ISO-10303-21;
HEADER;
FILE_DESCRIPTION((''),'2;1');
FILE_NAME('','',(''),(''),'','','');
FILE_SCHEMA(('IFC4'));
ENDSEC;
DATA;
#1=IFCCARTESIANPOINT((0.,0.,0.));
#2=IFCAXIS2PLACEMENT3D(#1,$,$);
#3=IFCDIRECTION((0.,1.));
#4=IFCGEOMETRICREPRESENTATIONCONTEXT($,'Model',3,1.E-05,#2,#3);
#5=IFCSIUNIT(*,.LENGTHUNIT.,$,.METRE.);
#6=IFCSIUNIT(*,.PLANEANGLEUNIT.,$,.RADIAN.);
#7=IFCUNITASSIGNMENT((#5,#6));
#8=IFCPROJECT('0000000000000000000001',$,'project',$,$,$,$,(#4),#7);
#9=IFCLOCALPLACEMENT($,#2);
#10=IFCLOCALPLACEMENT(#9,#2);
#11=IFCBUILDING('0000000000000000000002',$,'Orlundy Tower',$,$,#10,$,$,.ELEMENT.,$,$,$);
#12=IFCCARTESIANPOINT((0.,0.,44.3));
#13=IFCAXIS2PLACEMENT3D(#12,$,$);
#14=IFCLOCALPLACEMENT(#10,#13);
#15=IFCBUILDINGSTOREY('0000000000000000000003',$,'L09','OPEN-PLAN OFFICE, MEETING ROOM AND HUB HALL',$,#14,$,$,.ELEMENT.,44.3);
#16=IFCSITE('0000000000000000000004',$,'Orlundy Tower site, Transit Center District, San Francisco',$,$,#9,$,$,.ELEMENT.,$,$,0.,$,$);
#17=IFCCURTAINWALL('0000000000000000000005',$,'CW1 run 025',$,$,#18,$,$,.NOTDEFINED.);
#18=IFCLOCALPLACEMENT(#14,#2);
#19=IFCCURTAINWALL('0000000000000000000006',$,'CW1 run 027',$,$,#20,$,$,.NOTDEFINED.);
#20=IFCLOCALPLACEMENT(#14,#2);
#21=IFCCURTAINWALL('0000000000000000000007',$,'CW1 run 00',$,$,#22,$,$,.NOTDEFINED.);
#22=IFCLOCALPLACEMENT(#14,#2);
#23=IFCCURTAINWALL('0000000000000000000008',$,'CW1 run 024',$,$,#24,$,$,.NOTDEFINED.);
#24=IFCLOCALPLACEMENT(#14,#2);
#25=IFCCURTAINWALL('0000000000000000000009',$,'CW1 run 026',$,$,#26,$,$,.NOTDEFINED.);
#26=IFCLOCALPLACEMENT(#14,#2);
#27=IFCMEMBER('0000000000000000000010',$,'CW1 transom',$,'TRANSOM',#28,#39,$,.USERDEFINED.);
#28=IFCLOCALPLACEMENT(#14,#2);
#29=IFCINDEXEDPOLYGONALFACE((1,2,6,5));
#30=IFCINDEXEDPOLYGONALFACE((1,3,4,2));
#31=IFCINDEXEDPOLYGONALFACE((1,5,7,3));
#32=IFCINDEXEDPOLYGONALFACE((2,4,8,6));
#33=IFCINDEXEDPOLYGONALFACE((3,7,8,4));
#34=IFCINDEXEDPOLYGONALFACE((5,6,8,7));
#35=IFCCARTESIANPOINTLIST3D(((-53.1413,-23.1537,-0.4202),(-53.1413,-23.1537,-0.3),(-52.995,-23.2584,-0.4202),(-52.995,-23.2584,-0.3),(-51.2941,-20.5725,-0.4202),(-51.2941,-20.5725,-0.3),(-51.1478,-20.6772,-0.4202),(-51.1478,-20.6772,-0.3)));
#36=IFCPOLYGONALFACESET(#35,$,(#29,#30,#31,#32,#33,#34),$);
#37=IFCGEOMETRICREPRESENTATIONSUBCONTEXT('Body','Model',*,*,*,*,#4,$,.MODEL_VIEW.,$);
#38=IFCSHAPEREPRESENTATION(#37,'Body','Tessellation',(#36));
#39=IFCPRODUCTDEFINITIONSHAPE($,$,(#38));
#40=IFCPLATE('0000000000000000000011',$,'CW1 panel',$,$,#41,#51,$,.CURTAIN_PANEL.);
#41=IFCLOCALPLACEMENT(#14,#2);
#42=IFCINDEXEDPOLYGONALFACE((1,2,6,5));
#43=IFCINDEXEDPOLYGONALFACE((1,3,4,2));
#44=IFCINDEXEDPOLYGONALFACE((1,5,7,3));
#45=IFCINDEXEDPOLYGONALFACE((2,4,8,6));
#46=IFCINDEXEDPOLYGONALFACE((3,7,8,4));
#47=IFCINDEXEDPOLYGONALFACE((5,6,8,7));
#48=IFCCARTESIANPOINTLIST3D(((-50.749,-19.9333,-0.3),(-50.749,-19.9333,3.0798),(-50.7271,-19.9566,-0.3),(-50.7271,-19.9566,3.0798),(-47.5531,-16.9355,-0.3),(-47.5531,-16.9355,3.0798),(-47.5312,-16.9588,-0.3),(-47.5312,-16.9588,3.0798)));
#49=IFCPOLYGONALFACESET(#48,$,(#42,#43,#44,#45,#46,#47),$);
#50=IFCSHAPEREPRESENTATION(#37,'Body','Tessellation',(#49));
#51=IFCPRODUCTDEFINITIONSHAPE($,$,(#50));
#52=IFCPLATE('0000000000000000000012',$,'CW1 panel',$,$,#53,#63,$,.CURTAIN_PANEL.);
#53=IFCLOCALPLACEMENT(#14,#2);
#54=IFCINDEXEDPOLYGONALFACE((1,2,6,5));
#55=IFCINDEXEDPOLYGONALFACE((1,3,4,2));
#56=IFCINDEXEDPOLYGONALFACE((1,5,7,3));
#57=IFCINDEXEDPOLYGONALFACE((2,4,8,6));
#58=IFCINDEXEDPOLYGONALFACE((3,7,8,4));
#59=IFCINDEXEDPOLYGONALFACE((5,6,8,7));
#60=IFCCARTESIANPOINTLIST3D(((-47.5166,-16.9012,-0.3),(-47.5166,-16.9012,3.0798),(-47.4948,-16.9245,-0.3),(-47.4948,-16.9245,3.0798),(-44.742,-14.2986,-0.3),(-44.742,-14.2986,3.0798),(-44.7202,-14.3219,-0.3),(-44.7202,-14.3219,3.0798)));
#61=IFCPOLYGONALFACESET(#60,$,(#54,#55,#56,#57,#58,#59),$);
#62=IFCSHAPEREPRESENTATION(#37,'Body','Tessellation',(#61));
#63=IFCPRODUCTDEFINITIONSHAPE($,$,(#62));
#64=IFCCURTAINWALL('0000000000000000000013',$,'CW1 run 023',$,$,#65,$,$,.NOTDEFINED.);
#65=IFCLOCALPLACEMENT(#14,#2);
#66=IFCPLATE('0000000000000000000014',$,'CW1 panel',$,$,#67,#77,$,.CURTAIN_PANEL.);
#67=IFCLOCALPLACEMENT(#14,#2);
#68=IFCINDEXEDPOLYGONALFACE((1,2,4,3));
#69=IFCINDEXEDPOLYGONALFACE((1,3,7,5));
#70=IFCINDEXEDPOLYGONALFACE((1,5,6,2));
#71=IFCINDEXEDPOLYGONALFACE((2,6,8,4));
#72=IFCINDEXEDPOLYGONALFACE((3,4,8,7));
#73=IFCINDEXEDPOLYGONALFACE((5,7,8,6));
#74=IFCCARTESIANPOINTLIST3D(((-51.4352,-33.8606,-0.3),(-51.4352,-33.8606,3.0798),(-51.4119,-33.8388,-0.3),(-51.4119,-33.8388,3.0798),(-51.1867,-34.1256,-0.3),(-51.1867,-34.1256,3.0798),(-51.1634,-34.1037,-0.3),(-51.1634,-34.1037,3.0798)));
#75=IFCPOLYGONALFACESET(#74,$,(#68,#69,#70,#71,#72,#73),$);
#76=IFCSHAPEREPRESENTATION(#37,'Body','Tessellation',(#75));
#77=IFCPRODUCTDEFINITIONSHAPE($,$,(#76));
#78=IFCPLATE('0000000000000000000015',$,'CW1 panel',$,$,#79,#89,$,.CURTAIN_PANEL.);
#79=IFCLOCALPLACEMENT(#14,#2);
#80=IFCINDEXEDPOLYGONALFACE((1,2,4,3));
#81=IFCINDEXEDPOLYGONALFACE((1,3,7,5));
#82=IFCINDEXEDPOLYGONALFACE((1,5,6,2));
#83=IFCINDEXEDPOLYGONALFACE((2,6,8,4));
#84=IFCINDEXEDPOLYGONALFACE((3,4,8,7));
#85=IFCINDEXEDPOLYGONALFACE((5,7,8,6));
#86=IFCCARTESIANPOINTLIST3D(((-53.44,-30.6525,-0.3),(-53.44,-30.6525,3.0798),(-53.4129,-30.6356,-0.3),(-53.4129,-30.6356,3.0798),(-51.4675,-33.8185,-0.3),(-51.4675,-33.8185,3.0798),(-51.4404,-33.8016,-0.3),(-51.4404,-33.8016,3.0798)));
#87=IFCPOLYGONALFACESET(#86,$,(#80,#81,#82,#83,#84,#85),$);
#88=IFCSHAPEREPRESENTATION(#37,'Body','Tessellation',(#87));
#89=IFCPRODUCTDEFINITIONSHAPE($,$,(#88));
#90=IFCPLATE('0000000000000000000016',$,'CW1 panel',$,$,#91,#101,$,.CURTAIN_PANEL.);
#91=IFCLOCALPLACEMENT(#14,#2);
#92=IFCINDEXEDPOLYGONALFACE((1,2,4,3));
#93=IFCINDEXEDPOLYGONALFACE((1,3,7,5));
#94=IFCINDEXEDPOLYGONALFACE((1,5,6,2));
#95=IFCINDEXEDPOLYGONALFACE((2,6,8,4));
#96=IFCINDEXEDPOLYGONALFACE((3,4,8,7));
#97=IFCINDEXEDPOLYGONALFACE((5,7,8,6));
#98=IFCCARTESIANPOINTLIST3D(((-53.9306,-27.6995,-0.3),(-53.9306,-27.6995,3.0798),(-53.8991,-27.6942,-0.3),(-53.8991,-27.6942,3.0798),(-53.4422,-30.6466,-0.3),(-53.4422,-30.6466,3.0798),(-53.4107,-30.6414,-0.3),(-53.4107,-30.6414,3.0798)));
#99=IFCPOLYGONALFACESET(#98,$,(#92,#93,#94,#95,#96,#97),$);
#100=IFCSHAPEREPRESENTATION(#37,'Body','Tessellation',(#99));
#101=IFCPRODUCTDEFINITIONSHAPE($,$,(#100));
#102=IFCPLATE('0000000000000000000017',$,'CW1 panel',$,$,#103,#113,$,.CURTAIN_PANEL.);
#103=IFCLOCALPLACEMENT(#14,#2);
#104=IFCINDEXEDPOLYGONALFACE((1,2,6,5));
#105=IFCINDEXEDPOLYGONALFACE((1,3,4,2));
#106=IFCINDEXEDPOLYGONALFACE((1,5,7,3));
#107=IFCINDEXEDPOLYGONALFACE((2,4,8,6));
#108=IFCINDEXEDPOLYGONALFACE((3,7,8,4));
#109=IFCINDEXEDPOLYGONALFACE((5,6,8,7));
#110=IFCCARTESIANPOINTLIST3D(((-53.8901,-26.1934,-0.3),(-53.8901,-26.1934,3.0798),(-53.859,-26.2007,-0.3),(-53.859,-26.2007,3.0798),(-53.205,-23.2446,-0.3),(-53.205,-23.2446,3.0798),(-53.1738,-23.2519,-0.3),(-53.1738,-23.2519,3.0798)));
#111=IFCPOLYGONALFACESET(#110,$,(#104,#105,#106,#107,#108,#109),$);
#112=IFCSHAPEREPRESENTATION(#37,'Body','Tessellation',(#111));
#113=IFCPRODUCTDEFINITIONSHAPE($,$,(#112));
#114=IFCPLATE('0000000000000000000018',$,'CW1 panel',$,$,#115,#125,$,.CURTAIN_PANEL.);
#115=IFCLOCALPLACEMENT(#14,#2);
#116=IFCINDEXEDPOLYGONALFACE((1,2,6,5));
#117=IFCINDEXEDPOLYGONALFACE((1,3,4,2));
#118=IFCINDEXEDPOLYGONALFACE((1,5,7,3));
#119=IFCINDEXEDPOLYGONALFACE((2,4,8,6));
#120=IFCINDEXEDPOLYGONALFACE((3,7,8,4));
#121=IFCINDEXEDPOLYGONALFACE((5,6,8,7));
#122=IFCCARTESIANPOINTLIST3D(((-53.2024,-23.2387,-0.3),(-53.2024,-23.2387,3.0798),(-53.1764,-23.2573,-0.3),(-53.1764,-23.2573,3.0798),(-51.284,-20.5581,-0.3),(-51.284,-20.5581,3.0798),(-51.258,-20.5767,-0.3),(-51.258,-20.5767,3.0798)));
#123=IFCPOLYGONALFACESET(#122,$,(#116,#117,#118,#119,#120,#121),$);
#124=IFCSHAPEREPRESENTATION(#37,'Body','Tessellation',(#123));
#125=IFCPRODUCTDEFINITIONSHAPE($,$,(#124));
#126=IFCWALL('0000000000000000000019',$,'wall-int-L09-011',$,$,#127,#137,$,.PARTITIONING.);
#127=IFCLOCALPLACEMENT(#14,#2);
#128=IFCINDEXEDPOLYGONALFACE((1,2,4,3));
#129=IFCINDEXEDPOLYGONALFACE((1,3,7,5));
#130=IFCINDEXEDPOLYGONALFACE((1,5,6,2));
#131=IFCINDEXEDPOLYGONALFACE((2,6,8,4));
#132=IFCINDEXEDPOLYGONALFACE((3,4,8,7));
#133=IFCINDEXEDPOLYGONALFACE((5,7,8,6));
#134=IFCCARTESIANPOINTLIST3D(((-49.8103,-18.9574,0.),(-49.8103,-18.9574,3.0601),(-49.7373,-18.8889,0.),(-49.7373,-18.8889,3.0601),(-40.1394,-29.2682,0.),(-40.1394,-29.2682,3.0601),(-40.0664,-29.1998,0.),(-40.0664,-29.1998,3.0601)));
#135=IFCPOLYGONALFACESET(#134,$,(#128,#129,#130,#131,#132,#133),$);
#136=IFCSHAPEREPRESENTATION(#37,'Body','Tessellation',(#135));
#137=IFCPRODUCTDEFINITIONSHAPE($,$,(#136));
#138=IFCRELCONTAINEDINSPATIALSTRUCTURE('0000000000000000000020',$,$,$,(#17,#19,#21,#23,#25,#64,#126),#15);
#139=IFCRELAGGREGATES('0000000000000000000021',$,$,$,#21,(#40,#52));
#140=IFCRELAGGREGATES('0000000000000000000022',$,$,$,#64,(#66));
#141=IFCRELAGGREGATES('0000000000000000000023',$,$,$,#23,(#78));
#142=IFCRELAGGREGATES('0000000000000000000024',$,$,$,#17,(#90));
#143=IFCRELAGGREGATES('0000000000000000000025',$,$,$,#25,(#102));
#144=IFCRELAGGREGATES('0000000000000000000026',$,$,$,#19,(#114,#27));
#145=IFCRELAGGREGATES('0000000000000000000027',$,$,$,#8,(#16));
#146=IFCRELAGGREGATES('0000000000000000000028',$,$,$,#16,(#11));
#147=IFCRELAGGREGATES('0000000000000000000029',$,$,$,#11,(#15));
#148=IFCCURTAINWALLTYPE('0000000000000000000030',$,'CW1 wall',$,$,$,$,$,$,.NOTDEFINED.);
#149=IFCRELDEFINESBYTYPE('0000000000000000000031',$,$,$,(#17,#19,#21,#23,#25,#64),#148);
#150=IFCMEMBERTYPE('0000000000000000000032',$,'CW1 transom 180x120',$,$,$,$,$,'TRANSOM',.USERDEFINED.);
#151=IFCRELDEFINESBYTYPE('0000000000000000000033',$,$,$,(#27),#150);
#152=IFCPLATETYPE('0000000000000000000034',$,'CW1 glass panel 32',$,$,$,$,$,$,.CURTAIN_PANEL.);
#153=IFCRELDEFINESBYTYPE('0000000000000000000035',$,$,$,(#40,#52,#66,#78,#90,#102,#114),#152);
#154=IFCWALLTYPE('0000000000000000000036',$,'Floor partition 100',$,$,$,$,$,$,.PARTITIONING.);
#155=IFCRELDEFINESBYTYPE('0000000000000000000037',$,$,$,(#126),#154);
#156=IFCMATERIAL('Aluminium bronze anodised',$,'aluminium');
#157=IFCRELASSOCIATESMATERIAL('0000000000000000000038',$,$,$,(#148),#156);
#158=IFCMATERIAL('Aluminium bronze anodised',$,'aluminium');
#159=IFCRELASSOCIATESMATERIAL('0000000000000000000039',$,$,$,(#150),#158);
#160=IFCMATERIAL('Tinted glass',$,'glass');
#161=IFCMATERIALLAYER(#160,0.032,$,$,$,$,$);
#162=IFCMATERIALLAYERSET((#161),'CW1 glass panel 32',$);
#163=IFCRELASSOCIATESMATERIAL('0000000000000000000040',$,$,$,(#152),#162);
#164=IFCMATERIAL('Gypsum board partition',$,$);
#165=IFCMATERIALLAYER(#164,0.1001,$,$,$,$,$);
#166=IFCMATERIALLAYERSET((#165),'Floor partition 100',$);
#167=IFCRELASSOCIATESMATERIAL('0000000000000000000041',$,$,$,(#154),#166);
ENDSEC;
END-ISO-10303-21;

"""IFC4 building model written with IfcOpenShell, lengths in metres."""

from ifc_helpers import new_model, si_unit, direction, frame, frame_2d, origin, origin_2d, place, context, subcontext, project, spatial, rectangle, extrude, material, layer, layer_set, material_profile, profile_set, type_object, element, aggregate, save


model = new_model("IFC4")

# Units and contexts
model_context = context("Model", 3, precision=1e-05, world=origin(), true_north=direction((0.0, 1.0)))
body_context = subcontext(model_context, "Body", "Model", "MODEL_VIEW")
ifc_project = project(units=[si_unit("LENGTHUNIT", "METRE"), si_unit("PLANEANGLEUNIT", "RADIAN")], contexts=[model_context])

# Site, building, storey
site_placement = place(None, origin())
site = spatial("IfcSite", under=ifc_project, at=site_placement, Name="Orlundy Tower site, Transit Center District, San Francisco", CompositionType="ELEMENT", RefElevation=0.0)
building_placement = place(site_placement, origin())
building = spatial("IfcBuilding", under=site, at=building_placement, Name="Orlundy Tower", CompositionType="ELEMENT")
storey_placement = place(building_placement, frame((0.0, 0.0, 44.3)))
storey = spatial("IfcBuildingStorey", under=building, at=storey_placement, Name="L09", Description="OPEN-PLAN OFFICE, MEETING ROOM AND HUB HALL", CompositionType="ELEMENT", Elevation=44.3)

# Curtain walls
ifc_material_1 = material(Name="Aluminium bronze anodised", Category="aluminium")
curtain_wall_type = type_object("IfcCurtainWallType", Name="CW1 wall", PredefinedType="NOTDEFINED", material=ifc_material_1)
curtain_wall_1_placement = place(storey_placement, origin())
curtain_wall_1 = element("IfcCurtainWall", 1, at=curtain_wall_1_placement, inside=storey, type_object=curtain_wall_type, Name="CW1 run 025", PredefinedType="NOTDEFINED")
curtain_wall_2_placement = place(storey_placement, origin())
curtain_wall_2 = element("IfcCurtainWall", 2, at=curtain_wall_2_placement, inside=storey, type_object=curtain_wall_type, Name="CW1 run 027", PredefinedType="NOTDEFINED")
curtain_wall_3_placement = place(storey_placement, origin())
curtain_wall_3 = element("IfcCurtainWall", 3, at=curtain_wall_3_placement, inside=storey, type_object=curtain_wall_type, Name="CW1 run 00", PredefinedType="NOTDEFINED")
curtain_wall_4_placement = place(storey_placement, origin())
curtain_wall_4 = element("IfcCurtainWall", 4, at=curtain_wall_4_placement, inside=storey, type_object=curtain_wall_type, Name="CW1 run 024", PredefinedType="NOTDEFINED")

# Shared definitions
ifc_material_2 = material(Name="Aluminium bronze anodised", Category="aluminium")
ifc_material_profile_1 = material_profile(ifc_material_2, rectangle(XDim=0.1799, YDim=0.1201, at=origin_2d()), Name="CW1 transom 180x120")
ifc_profile_set_1 = profile_set([ifc_material_profile_1], Name="Aluminium bronze anodised")
member_type_1 = type_object("IfcMemberType", Name="CW1 transom 180x120", ElementType="TRANSOM", PredefinedType="USERDEFINED", material=ifc_profile_set_1)

# Curtain wall
curtain_wall_5_placement = place(storey_placement, origin())
curtain_wall_5 = element("IfcCurtainWall", 5, at=curtain_wall_5_placement, inside=storey, type_object=curtain_wall_type, Name="CW1 run 026", PredefinedType="NOTDEFINED")

# Member
member_1_placement = place(storey_placement, frame((-53.0681, -23.2061, -0.3601), z_axis=(0.581944, 0.813229, 0.0), x_axis=(-0.813229, 0.581944, 0.0)))
member_1 = element("IfcMember", 6, at=member_1_placement, type_object=member_type_1, Name="CW1 transom", ObjectType="TRANSOM", PredefinedType="USERDEFINED", context=body_context, shape_type="SweptSolid", body=[
    extrude(rectangle(XDim=0.1799, YDim=0.1201, at=origin_2d()), origin(), (0.0, 0.0, 1.0), 3.1741),
])

# Plates
ifc_material_3 = material(Name="Tinted glass", Category="glass")
ifc_layer_1 = layer(ifc_material_3, 0.032)
ifc_layer_set_1 = layer_set([ifc_layer_1], Name="CW1 glass panel 32")
plate_type = type_object("IfcPlateType", Name="CW1 glass panel 32", PredefinedType="CURTAIN_PANEL", material=ifc_layer_set_1)
plate_1_placement = place(storey_placement, frame((-49.1401, -18.446, -0.3), z_axis=(0.0, 0.0, 1.0), x_axis=(0.729351, 0.684139, 0.0)))
plate_1 = element("IfcPlate", 7, at=plate_1_placement, type_object=plate_type, Name="CW1 panel", PredefinedType="CURTAIN_PANEL", context=body_context, shape_type="SweptSolid", body=[
    extrude(rectangle(XDim=4.3818, YDim=0.032, at=origin_2d()), origin(), (0.0, 0.0, 1.0), 3.3799),
])
plate_2_placement = place(storey_placement, frame((-46.1184, -15.6116, -0.3), z_axis=(0.0, 0.0, 1.0), x_axis=(0.729351, 0.684139, 0.0)))
plate_2 = element("IfcPlate", 8, at=plate_2_placement, type_object=plate_type, Name="CW1 panel", PredefinedType="CURTAIN_PANEL", context=body_context, shape_type="SweptSolid", body=[
    extrude(rectangle(XDim=3.8042, YDim=0.032, at=origin_2d()), origin(), (0.0, 0.0, 1.0), 3.3799),
])
aggregate(curtain_wall_3, [plate_1, plate_2])

# Curtain wall, plate
curtain_wall_6_placement = place(storey_placement, origin())
curtain_wall_6 = element("IfcCurtainWall", 9, at=curtain_wall_6_placement, inside=storey, type_object=curtain_wall_type, Name="CW1 run 023", PredefinedType="NOTDEFINED")
plate_3_placement = place(storey_placement, frame((-51.2993, -33.9822, -0.3), z_axis=(0.0, 0.0, 1.0), x_axis=(-0.684126, 0.729363, 0.0)))
plate_3 = element("IfcPlate", 10, at=plate_3_placement, type_object=plate_type, Name="CW1 panel", PredefinedType="CURTAIN_PANEL", context=body_context, shape_type="SweptSolid", body=[
    extrude(rectangle(XDim=0.3633, YDim=0.032, at=origin_2d()), origin(), (0.0, 0.0, 1.0), 3.3799),
])
aggregate(curtain_wall_6, [plate_3])

# Plates
plate_4_placement = place(storey_placement, frame((-52.4402, -32.2271, -0.3), z_axis=(0.0, 0.0, 1.0), x_axis=(-0.528786, 0.848755, 0.0)))
plate_4 = element("IfcPlate", 11, at=plate_4_placement, type_object=plate_type, Name="CW1 panel", PredefinedType="CURTAIN_PANEL", context=body_context, shape_type="SweptSolid", body=[
    extrude(rectangle(XDim=3.7302, YDim=0.032, at=origin_2d()), origin(), (0.0, 0.0, 1.0), 3.3799),
])
aggregate(curtain_wall_4, [plate_4])
plate_5_placement = place(storey_placement, frame((-53.6707, -29.1704, -0.3), z_axis=(0.0, 0.0, 1.0), x_axis=(-0.16348, 0.986547, 0.0)))
plate_5 = element("IfcPlate", 12, at=plate_5_placement, type_object=plate_type, Name="CW1 panel", PredefinedType="CURTAIN_PANEL", context=body_context, shape_type="SweptSolid", body=[
    extrude(rectangle(XDim=2.9873, YDim=0.032, at=origin_2d()), origin(), (0.0, 0.0, 1.0), 3.3799),
])
aggregate(curtain_wall_1, [plate_5])
plate_6_placement = place(storey_placement, frame((-53.532, -24.7227, -0.3), z_axis=(0.0, 0.0, 1.0), x_axis=(0.226317, 0.974054, 0.0)))
plate_6 = element("IfcPlate", 13, at=plate_6_placement, type_object=plate_type, Name="CW1 panel", PredefinedType="CURTAIN_PANEL", context=body_context, shape_type="SweptSolid", body=[
    extrude(rectangle(XDim=3.0273, YDim=0.032, at=origin_2d()), origin(), (0.0, 0.0, 1.0), 3.3799),
])
aggregate(curtain_wall_5, [plate_6])
plate_7_placement = place(storey_placement, frame((-52.2302, -21.9077, -0.3), z_axis=(0.0, 0.0, 1.0), x_axis=(0.581978, 0.813204, 0.0)))
plate_7 = element("IfcPlate", 14, at=plate_7_placement, type_object=plate_type, Name="CW1 panel", PredefinedType="CURTAIN_PANEL", context=body_context, shape_type="SweptSolid", body=[
    extrude(rectangle(XDim=3.2964, YDim=0.032, at=origin_2d()), origin(), (0.0, 0.0, 1.0), 3.3799),
])
aggregate(curtain_wall_2, [plate_7, member_1])

# Wall
ifc_material_4 = material(Name="Gypsum board partition")
ifc_layer_2 = layer(ifc_material_4, 0.1001)
ifc_layer_set_2 = layer_set([ifc_layer_2], Name="Floor partition 100")
wall_type_1 = type_object("IfcWallType", Name="Floor partition 100", PredefinedType="PARTITIONING", material=ifc_layer_set_2)
wall_1_placement = place(storey_placement, frame((-49.7739, -18.9231, 0.0), z_axis=(0.0, 0.0, 1.0), x_axis=(0.684112, -0.729377, 0.0)))
element("IfcWall", 15, at=wall_1_placement, inside=storey, type_object=wall_type_1, Name="wall-int-L09-011", PredefinedType="PARTITIONING", context=body_context, shape_type="SweptSolid", body=[
    extrude(rectangle(XDim=14.1365, YDim=0.1001, at=frame_2d((7.0684, 0.0))), origin(), (0.0, 0.0, 1.0), 3.0601),
])

save(model, "model.ifc")
